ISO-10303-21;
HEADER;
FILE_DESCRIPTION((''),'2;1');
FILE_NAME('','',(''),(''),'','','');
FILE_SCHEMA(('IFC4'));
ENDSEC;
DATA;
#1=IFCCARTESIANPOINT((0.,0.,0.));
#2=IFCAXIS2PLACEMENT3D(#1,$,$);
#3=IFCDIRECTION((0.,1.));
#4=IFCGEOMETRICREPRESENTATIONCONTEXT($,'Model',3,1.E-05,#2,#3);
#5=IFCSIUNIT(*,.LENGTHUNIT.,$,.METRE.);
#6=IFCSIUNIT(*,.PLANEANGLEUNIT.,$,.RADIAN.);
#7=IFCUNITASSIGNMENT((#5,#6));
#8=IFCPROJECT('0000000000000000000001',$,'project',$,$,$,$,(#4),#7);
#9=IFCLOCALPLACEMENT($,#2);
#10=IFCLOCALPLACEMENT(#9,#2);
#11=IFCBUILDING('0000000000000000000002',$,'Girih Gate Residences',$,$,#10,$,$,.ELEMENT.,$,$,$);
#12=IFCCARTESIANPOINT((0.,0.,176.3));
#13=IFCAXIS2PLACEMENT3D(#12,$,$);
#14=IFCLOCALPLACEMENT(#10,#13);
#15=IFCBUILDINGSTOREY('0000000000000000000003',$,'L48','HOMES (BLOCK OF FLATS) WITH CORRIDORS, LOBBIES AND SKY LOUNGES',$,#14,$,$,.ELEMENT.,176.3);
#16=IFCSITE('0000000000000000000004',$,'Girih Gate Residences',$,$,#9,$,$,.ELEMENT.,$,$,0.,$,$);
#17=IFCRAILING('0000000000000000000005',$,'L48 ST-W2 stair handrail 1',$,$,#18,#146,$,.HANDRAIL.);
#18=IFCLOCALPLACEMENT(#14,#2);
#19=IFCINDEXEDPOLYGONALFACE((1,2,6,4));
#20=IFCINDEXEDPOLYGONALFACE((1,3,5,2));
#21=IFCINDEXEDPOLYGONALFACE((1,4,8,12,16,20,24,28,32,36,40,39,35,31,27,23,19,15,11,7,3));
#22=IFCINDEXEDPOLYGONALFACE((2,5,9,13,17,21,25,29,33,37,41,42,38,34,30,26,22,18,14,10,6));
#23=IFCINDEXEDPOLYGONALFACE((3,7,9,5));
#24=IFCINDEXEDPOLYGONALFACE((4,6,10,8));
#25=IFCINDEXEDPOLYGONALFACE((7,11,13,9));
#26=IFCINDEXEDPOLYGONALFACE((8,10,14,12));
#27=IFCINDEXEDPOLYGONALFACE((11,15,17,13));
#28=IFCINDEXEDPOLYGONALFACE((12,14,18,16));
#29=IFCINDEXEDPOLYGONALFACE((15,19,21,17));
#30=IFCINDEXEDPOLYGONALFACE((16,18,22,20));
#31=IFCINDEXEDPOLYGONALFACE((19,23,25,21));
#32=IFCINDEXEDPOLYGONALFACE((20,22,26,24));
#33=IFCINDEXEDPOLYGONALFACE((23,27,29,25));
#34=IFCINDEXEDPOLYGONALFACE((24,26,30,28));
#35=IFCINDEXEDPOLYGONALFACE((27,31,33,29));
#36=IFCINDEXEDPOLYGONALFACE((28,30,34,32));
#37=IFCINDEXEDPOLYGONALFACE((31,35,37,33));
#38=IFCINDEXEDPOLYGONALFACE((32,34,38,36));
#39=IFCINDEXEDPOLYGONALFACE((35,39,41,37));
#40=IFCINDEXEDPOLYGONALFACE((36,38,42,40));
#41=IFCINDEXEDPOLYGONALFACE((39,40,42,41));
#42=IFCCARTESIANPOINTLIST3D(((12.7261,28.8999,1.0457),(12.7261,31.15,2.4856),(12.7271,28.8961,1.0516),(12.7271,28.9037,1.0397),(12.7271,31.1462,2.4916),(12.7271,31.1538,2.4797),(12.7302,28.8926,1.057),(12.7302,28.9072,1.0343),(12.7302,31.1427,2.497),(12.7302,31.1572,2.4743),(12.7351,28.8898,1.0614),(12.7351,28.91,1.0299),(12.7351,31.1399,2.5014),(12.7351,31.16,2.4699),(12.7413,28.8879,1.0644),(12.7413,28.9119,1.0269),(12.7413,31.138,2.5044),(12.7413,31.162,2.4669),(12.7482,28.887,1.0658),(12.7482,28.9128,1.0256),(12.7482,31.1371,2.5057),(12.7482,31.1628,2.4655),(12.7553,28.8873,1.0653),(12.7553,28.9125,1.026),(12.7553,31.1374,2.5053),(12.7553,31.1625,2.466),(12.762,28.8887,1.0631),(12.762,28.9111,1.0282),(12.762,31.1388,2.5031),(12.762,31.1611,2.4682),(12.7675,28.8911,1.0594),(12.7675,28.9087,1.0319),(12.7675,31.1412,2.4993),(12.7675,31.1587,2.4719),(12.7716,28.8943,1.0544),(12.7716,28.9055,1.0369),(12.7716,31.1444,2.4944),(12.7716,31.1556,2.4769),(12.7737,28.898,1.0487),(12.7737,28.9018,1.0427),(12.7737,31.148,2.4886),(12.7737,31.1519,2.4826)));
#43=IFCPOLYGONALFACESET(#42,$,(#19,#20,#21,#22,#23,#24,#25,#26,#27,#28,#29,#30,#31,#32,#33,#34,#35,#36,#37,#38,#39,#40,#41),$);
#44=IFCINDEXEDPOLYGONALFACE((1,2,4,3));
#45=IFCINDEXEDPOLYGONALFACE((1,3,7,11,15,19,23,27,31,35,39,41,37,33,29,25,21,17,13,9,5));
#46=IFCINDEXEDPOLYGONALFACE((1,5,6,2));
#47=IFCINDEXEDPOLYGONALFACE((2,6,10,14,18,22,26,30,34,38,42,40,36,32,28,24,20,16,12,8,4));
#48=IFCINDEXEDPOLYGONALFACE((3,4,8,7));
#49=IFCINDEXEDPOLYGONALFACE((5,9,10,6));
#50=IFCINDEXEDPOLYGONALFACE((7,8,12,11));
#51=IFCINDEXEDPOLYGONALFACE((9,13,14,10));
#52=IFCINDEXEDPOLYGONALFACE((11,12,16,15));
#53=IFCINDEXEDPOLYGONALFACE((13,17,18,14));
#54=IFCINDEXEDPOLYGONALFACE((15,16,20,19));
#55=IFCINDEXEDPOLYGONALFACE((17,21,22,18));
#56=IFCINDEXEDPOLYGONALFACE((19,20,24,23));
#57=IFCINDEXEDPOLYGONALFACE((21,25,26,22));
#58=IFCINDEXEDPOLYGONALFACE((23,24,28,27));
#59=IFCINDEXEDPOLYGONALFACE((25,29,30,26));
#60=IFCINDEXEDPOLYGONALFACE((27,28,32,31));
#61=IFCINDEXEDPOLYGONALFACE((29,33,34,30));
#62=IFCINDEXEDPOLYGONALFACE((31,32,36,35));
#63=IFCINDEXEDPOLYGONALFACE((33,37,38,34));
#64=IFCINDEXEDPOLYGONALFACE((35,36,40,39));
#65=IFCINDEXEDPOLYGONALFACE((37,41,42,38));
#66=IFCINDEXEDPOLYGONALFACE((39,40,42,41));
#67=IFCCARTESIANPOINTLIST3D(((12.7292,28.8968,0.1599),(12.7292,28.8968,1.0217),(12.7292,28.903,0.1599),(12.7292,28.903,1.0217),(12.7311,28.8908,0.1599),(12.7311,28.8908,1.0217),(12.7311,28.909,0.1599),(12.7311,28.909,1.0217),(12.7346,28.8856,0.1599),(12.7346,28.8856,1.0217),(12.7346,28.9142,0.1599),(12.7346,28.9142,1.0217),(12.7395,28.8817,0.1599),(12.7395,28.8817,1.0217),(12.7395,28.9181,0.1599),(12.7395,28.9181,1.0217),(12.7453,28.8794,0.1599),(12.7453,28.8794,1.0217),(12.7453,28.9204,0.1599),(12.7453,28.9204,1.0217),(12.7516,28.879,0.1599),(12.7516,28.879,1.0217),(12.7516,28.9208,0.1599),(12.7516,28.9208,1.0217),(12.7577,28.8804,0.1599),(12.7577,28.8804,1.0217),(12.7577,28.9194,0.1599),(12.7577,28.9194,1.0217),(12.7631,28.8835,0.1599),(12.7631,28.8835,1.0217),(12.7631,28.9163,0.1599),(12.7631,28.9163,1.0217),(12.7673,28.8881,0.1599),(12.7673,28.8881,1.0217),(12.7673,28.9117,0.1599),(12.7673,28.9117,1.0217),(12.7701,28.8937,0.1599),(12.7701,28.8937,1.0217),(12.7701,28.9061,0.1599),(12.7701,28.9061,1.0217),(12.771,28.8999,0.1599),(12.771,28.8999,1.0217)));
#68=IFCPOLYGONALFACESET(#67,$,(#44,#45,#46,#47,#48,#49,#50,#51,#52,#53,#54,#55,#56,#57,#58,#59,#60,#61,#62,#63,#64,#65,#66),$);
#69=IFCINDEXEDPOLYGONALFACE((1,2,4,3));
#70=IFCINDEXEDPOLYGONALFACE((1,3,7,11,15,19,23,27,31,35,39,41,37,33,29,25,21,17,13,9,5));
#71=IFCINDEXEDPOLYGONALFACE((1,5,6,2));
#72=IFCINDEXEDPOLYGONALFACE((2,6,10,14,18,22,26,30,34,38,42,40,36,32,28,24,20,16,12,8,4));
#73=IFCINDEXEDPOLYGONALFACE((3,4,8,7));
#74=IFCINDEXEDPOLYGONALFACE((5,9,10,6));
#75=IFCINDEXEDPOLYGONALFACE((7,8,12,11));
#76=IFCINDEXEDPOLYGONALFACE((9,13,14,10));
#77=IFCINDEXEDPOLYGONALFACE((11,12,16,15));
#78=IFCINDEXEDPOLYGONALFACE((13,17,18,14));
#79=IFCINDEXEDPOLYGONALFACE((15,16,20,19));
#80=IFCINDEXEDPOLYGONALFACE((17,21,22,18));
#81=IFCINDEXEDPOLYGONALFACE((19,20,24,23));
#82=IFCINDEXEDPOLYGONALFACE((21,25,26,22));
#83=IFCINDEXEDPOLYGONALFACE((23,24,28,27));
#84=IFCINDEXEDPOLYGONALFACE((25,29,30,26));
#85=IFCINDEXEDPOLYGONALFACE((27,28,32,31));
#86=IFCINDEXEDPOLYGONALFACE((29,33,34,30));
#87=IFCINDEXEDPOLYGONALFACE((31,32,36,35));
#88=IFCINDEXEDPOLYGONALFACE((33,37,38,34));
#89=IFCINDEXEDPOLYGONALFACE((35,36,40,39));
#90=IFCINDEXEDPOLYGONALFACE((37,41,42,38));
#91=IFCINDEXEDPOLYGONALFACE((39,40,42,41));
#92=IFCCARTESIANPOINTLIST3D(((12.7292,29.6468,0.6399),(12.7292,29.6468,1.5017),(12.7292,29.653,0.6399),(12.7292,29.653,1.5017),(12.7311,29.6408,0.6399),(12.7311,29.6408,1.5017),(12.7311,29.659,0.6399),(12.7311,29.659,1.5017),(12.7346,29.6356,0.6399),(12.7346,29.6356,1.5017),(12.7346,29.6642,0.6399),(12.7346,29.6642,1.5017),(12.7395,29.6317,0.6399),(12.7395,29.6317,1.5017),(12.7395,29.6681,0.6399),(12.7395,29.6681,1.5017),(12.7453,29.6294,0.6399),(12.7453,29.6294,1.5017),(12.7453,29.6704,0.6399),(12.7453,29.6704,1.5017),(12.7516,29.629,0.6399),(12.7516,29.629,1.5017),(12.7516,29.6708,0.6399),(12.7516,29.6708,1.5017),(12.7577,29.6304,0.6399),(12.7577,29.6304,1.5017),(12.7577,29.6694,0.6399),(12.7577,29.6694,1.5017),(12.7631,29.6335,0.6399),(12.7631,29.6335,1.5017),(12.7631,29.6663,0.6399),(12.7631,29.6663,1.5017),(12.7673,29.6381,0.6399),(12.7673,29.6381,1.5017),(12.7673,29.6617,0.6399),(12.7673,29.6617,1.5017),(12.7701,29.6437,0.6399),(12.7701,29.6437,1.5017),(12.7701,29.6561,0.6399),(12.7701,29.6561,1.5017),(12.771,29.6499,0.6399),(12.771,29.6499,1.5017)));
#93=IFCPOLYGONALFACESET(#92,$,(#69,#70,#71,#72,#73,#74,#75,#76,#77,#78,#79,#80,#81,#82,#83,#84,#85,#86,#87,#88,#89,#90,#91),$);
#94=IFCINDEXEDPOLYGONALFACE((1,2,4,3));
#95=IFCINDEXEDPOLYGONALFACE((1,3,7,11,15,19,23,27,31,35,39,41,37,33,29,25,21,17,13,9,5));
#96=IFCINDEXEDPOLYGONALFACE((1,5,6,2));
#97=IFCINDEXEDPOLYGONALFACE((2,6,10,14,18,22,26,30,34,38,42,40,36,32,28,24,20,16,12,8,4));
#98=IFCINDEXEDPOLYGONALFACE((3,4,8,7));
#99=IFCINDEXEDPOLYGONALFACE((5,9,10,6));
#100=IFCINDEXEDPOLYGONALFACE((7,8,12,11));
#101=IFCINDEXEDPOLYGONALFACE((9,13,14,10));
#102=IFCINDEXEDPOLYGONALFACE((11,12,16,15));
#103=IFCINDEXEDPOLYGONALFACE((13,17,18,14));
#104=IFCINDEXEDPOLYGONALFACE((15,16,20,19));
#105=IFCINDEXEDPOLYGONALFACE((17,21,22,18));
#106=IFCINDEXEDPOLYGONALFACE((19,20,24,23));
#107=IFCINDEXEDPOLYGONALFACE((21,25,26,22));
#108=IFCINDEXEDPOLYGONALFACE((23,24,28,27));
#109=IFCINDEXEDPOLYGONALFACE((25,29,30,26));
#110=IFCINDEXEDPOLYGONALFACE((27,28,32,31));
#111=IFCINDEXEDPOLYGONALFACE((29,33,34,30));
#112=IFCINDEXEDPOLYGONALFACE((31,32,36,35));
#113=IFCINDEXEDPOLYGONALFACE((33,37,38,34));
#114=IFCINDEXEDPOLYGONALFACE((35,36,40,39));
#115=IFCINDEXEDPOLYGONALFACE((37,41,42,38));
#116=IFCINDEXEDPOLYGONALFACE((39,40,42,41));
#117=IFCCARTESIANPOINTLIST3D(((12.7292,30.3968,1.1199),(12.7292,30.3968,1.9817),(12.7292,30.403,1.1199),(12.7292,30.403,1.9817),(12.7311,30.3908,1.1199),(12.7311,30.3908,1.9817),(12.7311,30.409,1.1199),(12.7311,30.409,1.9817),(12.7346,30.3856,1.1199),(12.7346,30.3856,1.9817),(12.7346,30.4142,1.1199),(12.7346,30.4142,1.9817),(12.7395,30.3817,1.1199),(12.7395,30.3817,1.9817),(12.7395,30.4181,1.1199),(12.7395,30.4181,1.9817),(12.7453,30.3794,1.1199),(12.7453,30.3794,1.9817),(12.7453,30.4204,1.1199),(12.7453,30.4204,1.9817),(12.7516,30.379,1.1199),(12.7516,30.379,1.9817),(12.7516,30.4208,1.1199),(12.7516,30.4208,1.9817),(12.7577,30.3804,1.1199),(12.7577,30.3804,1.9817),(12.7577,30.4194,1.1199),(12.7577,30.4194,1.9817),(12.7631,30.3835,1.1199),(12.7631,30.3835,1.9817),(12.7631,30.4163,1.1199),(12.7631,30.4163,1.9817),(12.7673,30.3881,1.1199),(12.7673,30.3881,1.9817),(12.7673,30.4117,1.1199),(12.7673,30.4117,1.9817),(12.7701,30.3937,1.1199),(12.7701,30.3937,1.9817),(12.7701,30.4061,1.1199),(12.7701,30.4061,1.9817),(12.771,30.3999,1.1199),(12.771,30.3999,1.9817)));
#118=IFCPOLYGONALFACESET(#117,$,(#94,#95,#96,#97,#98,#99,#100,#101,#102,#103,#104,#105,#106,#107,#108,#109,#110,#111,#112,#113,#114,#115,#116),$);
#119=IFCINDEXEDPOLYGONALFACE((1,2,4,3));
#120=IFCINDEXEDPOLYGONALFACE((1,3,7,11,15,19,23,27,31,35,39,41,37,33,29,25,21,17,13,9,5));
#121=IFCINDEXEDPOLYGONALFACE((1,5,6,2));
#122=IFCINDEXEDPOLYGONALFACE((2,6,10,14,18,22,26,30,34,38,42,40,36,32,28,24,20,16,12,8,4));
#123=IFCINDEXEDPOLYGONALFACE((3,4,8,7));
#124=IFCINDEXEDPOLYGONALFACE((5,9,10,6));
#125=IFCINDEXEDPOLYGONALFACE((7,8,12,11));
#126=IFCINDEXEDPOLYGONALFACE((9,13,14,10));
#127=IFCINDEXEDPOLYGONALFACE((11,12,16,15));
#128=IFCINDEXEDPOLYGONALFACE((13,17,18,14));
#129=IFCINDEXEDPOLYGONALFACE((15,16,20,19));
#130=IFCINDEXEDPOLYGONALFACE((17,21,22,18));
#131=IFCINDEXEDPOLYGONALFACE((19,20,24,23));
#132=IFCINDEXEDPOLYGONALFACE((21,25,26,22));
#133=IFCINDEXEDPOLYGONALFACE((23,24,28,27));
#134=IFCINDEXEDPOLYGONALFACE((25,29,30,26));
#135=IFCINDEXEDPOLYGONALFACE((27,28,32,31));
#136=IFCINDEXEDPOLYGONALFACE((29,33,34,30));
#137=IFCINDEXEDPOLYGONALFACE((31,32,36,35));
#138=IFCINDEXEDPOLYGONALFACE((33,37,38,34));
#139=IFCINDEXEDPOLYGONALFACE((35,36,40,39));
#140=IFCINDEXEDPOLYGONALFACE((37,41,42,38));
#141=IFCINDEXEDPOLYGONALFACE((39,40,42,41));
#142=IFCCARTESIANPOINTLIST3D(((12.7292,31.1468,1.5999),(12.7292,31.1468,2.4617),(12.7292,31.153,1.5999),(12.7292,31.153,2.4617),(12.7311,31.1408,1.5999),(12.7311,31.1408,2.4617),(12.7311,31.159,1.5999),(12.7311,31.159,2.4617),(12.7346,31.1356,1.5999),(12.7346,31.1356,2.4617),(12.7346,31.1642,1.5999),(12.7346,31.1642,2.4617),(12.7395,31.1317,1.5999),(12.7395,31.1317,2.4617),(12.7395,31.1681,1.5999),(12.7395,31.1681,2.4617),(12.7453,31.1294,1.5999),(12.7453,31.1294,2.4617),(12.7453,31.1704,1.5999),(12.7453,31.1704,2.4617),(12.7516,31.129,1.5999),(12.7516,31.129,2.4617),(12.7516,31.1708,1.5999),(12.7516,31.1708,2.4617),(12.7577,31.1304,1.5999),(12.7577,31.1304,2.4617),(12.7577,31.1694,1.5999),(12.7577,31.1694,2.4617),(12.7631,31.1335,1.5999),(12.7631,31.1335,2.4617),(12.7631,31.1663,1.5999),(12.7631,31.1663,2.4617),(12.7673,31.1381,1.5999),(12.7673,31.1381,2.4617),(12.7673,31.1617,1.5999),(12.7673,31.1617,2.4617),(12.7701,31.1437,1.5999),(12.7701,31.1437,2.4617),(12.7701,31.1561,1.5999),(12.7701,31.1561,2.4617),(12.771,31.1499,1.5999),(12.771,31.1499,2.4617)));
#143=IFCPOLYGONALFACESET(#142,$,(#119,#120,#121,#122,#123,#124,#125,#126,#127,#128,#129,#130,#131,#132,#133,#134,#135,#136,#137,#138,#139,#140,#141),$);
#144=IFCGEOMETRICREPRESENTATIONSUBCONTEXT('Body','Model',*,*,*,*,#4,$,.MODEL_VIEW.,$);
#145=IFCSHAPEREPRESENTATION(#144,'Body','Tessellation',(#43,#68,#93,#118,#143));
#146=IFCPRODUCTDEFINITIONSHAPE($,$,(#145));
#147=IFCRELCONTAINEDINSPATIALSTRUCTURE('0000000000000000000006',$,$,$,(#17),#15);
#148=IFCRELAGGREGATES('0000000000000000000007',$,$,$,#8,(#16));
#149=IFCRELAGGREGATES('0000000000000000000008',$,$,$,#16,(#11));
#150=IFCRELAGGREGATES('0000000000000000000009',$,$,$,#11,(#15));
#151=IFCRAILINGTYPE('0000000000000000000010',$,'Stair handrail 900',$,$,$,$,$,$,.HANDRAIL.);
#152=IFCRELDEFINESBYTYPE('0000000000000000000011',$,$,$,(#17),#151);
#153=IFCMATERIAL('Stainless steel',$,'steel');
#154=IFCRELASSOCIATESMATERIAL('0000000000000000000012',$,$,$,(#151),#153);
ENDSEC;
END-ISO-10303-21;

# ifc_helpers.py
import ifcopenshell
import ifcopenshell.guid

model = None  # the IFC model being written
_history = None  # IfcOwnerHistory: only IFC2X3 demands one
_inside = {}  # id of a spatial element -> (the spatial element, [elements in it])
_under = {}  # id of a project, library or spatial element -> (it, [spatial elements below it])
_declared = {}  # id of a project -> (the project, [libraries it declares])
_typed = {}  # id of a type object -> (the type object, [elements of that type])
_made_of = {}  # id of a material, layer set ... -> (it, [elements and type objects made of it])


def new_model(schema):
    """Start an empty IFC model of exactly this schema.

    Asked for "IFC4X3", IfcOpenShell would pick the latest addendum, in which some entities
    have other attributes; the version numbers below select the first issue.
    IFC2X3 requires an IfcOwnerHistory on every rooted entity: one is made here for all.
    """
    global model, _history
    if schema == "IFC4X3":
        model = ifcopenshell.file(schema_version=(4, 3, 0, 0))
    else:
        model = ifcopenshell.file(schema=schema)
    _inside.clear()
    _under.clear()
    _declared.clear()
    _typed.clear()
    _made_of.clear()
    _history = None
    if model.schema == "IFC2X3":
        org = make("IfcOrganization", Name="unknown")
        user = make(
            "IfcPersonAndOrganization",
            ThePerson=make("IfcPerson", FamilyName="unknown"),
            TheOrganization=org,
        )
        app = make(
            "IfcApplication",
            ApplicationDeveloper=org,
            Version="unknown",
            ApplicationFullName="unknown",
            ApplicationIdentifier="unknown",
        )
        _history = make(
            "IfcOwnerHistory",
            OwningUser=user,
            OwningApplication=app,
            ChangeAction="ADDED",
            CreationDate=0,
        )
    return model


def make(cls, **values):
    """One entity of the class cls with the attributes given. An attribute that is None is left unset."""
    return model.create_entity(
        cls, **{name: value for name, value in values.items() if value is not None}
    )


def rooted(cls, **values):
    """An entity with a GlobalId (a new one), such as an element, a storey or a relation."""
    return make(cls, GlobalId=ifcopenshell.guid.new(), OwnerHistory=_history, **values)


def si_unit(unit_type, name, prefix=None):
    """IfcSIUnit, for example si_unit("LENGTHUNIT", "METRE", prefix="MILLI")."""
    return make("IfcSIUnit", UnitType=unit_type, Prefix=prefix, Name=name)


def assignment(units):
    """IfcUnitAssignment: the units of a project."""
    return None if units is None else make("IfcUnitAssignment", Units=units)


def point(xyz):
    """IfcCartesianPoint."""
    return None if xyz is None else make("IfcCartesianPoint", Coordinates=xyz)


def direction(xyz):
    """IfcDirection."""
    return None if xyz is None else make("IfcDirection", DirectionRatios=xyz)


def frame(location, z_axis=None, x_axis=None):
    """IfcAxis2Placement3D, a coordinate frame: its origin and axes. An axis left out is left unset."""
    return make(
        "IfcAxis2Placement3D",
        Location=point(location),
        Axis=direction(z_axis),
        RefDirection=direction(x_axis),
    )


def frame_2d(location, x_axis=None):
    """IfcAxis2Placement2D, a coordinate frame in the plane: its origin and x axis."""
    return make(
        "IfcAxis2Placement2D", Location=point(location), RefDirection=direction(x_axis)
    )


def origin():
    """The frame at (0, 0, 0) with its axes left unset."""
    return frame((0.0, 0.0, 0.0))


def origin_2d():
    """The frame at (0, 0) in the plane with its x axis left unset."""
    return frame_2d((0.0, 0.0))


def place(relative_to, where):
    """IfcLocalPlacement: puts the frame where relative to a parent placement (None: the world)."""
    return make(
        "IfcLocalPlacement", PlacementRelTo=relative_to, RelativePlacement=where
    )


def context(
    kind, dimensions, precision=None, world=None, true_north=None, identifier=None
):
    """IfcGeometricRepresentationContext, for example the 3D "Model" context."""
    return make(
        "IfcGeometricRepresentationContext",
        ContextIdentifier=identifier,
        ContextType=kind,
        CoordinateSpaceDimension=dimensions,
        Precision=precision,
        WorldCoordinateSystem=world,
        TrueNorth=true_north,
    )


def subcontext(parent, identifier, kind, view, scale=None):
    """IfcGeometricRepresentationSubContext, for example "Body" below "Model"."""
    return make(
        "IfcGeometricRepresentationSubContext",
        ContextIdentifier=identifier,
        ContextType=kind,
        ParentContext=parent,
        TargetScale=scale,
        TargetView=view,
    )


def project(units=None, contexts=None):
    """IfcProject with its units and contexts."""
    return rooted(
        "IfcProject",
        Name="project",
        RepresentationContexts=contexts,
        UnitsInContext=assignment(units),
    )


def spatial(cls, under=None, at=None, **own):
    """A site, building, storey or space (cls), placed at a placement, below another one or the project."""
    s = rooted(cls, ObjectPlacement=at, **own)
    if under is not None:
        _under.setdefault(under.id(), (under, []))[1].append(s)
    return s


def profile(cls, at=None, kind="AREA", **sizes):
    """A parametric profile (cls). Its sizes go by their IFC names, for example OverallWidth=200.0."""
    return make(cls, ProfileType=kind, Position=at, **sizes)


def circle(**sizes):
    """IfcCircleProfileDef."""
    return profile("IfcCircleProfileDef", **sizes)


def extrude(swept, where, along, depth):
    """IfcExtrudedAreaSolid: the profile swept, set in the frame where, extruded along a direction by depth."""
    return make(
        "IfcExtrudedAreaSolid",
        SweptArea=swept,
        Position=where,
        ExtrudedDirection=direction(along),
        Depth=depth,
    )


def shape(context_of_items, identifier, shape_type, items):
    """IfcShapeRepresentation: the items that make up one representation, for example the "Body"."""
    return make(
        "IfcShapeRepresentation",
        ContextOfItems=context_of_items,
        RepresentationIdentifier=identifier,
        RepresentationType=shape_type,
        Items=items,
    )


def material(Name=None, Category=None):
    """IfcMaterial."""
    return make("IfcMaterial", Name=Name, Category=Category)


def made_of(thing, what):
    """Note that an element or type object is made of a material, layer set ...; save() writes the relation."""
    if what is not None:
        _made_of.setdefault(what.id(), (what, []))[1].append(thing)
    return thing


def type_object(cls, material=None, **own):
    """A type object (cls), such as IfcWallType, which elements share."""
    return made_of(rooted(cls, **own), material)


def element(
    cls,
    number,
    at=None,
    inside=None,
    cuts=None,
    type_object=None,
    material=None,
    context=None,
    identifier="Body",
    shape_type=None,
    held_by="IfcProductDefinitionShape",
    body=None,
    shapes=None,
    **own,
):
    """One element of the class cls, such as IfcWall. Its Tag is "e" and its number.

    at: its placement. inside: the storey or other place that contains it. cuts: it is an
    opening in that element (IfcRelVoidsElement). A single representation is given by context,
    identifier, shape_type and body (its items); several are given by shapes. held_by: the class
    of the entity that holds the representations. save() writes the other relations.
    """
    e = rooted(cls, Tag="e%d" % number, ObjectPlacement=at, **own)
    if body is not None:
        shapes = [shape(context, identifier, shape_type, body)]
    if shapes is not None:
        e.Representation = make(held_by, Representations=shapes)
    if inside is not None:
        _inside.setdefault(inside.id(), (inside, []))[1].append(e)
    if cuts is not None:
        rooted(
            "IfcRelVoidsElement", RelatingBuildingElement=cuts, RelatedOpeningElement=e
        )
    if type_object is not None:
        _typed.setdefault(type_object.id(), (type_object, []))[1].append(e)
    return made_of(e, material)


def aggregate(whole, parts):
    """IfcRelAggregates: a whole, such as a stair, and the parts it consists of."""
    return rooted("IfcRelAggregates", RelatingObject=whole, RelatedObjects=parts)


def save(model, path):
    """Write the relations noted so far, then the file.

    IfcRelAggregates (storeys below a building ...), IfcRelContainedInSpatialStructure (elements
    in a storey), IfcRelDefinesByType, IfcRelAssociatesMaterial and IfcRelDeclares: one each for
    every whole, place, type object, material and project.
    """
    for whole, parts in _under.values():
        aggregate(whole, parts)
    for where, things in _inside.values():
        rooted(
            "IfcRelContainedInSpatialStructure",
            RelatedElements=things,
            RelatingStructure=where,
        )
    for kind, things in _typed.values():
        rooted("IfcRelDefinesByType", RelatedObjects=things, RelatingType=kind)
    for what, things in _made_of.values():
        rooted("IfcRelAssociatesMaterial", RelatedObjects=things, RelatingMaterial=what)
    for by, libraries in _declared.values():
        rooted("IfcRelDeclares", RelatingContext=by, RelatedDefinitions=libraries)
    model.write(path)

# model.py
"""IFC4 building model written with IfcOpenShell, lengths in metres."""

from ifc_helpers import new_model, si_unit, direction, frame, origin, origin_2d, place, context, subcontext, project, spatial, circle, extrude, material, type_object, element, save


model = new_model("IFC4")

# Units and contexts
model_context = context("Model", 3, precision=1e-05, world=origin(), true_north=direction((0.0, 1.0)))
body_context = subcontext(model_context, "Body", "Model", "MODEL_VIEW")
ifc_project = project(units=[si_unit("LENGTHUNIT", "METRE"), si_unit("PLANEANGLEUNIT", "RADIAN")], contexts=[model_context])

# Site, building, storey
site_placement = place(None, origin())
site = spatial("IfcSite", under=ifc_project, at=site_placement, Name="Girih Gate Residences", CompositionType="ELEMENT", RefElevation=0.0)
building_placement = place(site_placement, origin())
building = spatial("IfcBuilding", under=site, at=building_placement, Name="Girih Gate Residences", CompositionType="ELEMENT")
storey_placement = place(building_placement, frame((0.0, 0.0, 176.3)))
storey = spatial("IfcBuildingStorey", under=building, at=storey_placement, Name="L48", Description="HOMES (BLOCK OF FLATS) WITH CORRIDORS, LOBBIES AND SKY LOUNGES", CompositionType="ELEMENT", Elevation=176.3)

# Railing
ifc_material_1 = material(Name="Stainless steel", Category="steel")
railing_type = type_object("IfcRailingType", Name="Stair handrail 900", PredefinedType="HANDRAIL", material=ifc_material_1)
railing_placement = place(storey_placement, frame((12.75, 28.8999, 0.1599)))
element("IfcRailing", 1, at=railing_placement, inside=storey, type_object=railing_type, Name="L48 ST-W2 stair handrail 1", PredefinedType="HANDRAIL", context=body_context, shape_type="SweptSolid", body=[
    extrude(circle(Radius=0.0239, at=origin_2d()), frame((0.0, 0.0, 0.8857), z_axis=(0.0, 0.842281, 0.539038), x_axis=(-1.0, 0.0, 0.0)), (0.0, 0.0, 1.0), 2.6714),
    extrude(circle(Radius=0.021, at=origin_2d()), origin(), (0.0, 0.0, 1.0), 0.8618),
    extrude(circle(Radius=0.021, at=origin_2d()), frame((0.0, 0.75, 0.48)), (0.0, 0.0, 1.0), 0.8618),
    extrude(circle(Radius=0.021, at=origin_2d()), frame((0.0, 1.5, 0.96)), (0.0, 0.0, 1.0), 0.8618),
    extrude(circle(Radius=0.021, at=origin_2d()), frame((0.0, 2.25, 1.4399)), (0.0, 0.0, 1.0), 0.8618),
])

save(model, "model.ifc")
